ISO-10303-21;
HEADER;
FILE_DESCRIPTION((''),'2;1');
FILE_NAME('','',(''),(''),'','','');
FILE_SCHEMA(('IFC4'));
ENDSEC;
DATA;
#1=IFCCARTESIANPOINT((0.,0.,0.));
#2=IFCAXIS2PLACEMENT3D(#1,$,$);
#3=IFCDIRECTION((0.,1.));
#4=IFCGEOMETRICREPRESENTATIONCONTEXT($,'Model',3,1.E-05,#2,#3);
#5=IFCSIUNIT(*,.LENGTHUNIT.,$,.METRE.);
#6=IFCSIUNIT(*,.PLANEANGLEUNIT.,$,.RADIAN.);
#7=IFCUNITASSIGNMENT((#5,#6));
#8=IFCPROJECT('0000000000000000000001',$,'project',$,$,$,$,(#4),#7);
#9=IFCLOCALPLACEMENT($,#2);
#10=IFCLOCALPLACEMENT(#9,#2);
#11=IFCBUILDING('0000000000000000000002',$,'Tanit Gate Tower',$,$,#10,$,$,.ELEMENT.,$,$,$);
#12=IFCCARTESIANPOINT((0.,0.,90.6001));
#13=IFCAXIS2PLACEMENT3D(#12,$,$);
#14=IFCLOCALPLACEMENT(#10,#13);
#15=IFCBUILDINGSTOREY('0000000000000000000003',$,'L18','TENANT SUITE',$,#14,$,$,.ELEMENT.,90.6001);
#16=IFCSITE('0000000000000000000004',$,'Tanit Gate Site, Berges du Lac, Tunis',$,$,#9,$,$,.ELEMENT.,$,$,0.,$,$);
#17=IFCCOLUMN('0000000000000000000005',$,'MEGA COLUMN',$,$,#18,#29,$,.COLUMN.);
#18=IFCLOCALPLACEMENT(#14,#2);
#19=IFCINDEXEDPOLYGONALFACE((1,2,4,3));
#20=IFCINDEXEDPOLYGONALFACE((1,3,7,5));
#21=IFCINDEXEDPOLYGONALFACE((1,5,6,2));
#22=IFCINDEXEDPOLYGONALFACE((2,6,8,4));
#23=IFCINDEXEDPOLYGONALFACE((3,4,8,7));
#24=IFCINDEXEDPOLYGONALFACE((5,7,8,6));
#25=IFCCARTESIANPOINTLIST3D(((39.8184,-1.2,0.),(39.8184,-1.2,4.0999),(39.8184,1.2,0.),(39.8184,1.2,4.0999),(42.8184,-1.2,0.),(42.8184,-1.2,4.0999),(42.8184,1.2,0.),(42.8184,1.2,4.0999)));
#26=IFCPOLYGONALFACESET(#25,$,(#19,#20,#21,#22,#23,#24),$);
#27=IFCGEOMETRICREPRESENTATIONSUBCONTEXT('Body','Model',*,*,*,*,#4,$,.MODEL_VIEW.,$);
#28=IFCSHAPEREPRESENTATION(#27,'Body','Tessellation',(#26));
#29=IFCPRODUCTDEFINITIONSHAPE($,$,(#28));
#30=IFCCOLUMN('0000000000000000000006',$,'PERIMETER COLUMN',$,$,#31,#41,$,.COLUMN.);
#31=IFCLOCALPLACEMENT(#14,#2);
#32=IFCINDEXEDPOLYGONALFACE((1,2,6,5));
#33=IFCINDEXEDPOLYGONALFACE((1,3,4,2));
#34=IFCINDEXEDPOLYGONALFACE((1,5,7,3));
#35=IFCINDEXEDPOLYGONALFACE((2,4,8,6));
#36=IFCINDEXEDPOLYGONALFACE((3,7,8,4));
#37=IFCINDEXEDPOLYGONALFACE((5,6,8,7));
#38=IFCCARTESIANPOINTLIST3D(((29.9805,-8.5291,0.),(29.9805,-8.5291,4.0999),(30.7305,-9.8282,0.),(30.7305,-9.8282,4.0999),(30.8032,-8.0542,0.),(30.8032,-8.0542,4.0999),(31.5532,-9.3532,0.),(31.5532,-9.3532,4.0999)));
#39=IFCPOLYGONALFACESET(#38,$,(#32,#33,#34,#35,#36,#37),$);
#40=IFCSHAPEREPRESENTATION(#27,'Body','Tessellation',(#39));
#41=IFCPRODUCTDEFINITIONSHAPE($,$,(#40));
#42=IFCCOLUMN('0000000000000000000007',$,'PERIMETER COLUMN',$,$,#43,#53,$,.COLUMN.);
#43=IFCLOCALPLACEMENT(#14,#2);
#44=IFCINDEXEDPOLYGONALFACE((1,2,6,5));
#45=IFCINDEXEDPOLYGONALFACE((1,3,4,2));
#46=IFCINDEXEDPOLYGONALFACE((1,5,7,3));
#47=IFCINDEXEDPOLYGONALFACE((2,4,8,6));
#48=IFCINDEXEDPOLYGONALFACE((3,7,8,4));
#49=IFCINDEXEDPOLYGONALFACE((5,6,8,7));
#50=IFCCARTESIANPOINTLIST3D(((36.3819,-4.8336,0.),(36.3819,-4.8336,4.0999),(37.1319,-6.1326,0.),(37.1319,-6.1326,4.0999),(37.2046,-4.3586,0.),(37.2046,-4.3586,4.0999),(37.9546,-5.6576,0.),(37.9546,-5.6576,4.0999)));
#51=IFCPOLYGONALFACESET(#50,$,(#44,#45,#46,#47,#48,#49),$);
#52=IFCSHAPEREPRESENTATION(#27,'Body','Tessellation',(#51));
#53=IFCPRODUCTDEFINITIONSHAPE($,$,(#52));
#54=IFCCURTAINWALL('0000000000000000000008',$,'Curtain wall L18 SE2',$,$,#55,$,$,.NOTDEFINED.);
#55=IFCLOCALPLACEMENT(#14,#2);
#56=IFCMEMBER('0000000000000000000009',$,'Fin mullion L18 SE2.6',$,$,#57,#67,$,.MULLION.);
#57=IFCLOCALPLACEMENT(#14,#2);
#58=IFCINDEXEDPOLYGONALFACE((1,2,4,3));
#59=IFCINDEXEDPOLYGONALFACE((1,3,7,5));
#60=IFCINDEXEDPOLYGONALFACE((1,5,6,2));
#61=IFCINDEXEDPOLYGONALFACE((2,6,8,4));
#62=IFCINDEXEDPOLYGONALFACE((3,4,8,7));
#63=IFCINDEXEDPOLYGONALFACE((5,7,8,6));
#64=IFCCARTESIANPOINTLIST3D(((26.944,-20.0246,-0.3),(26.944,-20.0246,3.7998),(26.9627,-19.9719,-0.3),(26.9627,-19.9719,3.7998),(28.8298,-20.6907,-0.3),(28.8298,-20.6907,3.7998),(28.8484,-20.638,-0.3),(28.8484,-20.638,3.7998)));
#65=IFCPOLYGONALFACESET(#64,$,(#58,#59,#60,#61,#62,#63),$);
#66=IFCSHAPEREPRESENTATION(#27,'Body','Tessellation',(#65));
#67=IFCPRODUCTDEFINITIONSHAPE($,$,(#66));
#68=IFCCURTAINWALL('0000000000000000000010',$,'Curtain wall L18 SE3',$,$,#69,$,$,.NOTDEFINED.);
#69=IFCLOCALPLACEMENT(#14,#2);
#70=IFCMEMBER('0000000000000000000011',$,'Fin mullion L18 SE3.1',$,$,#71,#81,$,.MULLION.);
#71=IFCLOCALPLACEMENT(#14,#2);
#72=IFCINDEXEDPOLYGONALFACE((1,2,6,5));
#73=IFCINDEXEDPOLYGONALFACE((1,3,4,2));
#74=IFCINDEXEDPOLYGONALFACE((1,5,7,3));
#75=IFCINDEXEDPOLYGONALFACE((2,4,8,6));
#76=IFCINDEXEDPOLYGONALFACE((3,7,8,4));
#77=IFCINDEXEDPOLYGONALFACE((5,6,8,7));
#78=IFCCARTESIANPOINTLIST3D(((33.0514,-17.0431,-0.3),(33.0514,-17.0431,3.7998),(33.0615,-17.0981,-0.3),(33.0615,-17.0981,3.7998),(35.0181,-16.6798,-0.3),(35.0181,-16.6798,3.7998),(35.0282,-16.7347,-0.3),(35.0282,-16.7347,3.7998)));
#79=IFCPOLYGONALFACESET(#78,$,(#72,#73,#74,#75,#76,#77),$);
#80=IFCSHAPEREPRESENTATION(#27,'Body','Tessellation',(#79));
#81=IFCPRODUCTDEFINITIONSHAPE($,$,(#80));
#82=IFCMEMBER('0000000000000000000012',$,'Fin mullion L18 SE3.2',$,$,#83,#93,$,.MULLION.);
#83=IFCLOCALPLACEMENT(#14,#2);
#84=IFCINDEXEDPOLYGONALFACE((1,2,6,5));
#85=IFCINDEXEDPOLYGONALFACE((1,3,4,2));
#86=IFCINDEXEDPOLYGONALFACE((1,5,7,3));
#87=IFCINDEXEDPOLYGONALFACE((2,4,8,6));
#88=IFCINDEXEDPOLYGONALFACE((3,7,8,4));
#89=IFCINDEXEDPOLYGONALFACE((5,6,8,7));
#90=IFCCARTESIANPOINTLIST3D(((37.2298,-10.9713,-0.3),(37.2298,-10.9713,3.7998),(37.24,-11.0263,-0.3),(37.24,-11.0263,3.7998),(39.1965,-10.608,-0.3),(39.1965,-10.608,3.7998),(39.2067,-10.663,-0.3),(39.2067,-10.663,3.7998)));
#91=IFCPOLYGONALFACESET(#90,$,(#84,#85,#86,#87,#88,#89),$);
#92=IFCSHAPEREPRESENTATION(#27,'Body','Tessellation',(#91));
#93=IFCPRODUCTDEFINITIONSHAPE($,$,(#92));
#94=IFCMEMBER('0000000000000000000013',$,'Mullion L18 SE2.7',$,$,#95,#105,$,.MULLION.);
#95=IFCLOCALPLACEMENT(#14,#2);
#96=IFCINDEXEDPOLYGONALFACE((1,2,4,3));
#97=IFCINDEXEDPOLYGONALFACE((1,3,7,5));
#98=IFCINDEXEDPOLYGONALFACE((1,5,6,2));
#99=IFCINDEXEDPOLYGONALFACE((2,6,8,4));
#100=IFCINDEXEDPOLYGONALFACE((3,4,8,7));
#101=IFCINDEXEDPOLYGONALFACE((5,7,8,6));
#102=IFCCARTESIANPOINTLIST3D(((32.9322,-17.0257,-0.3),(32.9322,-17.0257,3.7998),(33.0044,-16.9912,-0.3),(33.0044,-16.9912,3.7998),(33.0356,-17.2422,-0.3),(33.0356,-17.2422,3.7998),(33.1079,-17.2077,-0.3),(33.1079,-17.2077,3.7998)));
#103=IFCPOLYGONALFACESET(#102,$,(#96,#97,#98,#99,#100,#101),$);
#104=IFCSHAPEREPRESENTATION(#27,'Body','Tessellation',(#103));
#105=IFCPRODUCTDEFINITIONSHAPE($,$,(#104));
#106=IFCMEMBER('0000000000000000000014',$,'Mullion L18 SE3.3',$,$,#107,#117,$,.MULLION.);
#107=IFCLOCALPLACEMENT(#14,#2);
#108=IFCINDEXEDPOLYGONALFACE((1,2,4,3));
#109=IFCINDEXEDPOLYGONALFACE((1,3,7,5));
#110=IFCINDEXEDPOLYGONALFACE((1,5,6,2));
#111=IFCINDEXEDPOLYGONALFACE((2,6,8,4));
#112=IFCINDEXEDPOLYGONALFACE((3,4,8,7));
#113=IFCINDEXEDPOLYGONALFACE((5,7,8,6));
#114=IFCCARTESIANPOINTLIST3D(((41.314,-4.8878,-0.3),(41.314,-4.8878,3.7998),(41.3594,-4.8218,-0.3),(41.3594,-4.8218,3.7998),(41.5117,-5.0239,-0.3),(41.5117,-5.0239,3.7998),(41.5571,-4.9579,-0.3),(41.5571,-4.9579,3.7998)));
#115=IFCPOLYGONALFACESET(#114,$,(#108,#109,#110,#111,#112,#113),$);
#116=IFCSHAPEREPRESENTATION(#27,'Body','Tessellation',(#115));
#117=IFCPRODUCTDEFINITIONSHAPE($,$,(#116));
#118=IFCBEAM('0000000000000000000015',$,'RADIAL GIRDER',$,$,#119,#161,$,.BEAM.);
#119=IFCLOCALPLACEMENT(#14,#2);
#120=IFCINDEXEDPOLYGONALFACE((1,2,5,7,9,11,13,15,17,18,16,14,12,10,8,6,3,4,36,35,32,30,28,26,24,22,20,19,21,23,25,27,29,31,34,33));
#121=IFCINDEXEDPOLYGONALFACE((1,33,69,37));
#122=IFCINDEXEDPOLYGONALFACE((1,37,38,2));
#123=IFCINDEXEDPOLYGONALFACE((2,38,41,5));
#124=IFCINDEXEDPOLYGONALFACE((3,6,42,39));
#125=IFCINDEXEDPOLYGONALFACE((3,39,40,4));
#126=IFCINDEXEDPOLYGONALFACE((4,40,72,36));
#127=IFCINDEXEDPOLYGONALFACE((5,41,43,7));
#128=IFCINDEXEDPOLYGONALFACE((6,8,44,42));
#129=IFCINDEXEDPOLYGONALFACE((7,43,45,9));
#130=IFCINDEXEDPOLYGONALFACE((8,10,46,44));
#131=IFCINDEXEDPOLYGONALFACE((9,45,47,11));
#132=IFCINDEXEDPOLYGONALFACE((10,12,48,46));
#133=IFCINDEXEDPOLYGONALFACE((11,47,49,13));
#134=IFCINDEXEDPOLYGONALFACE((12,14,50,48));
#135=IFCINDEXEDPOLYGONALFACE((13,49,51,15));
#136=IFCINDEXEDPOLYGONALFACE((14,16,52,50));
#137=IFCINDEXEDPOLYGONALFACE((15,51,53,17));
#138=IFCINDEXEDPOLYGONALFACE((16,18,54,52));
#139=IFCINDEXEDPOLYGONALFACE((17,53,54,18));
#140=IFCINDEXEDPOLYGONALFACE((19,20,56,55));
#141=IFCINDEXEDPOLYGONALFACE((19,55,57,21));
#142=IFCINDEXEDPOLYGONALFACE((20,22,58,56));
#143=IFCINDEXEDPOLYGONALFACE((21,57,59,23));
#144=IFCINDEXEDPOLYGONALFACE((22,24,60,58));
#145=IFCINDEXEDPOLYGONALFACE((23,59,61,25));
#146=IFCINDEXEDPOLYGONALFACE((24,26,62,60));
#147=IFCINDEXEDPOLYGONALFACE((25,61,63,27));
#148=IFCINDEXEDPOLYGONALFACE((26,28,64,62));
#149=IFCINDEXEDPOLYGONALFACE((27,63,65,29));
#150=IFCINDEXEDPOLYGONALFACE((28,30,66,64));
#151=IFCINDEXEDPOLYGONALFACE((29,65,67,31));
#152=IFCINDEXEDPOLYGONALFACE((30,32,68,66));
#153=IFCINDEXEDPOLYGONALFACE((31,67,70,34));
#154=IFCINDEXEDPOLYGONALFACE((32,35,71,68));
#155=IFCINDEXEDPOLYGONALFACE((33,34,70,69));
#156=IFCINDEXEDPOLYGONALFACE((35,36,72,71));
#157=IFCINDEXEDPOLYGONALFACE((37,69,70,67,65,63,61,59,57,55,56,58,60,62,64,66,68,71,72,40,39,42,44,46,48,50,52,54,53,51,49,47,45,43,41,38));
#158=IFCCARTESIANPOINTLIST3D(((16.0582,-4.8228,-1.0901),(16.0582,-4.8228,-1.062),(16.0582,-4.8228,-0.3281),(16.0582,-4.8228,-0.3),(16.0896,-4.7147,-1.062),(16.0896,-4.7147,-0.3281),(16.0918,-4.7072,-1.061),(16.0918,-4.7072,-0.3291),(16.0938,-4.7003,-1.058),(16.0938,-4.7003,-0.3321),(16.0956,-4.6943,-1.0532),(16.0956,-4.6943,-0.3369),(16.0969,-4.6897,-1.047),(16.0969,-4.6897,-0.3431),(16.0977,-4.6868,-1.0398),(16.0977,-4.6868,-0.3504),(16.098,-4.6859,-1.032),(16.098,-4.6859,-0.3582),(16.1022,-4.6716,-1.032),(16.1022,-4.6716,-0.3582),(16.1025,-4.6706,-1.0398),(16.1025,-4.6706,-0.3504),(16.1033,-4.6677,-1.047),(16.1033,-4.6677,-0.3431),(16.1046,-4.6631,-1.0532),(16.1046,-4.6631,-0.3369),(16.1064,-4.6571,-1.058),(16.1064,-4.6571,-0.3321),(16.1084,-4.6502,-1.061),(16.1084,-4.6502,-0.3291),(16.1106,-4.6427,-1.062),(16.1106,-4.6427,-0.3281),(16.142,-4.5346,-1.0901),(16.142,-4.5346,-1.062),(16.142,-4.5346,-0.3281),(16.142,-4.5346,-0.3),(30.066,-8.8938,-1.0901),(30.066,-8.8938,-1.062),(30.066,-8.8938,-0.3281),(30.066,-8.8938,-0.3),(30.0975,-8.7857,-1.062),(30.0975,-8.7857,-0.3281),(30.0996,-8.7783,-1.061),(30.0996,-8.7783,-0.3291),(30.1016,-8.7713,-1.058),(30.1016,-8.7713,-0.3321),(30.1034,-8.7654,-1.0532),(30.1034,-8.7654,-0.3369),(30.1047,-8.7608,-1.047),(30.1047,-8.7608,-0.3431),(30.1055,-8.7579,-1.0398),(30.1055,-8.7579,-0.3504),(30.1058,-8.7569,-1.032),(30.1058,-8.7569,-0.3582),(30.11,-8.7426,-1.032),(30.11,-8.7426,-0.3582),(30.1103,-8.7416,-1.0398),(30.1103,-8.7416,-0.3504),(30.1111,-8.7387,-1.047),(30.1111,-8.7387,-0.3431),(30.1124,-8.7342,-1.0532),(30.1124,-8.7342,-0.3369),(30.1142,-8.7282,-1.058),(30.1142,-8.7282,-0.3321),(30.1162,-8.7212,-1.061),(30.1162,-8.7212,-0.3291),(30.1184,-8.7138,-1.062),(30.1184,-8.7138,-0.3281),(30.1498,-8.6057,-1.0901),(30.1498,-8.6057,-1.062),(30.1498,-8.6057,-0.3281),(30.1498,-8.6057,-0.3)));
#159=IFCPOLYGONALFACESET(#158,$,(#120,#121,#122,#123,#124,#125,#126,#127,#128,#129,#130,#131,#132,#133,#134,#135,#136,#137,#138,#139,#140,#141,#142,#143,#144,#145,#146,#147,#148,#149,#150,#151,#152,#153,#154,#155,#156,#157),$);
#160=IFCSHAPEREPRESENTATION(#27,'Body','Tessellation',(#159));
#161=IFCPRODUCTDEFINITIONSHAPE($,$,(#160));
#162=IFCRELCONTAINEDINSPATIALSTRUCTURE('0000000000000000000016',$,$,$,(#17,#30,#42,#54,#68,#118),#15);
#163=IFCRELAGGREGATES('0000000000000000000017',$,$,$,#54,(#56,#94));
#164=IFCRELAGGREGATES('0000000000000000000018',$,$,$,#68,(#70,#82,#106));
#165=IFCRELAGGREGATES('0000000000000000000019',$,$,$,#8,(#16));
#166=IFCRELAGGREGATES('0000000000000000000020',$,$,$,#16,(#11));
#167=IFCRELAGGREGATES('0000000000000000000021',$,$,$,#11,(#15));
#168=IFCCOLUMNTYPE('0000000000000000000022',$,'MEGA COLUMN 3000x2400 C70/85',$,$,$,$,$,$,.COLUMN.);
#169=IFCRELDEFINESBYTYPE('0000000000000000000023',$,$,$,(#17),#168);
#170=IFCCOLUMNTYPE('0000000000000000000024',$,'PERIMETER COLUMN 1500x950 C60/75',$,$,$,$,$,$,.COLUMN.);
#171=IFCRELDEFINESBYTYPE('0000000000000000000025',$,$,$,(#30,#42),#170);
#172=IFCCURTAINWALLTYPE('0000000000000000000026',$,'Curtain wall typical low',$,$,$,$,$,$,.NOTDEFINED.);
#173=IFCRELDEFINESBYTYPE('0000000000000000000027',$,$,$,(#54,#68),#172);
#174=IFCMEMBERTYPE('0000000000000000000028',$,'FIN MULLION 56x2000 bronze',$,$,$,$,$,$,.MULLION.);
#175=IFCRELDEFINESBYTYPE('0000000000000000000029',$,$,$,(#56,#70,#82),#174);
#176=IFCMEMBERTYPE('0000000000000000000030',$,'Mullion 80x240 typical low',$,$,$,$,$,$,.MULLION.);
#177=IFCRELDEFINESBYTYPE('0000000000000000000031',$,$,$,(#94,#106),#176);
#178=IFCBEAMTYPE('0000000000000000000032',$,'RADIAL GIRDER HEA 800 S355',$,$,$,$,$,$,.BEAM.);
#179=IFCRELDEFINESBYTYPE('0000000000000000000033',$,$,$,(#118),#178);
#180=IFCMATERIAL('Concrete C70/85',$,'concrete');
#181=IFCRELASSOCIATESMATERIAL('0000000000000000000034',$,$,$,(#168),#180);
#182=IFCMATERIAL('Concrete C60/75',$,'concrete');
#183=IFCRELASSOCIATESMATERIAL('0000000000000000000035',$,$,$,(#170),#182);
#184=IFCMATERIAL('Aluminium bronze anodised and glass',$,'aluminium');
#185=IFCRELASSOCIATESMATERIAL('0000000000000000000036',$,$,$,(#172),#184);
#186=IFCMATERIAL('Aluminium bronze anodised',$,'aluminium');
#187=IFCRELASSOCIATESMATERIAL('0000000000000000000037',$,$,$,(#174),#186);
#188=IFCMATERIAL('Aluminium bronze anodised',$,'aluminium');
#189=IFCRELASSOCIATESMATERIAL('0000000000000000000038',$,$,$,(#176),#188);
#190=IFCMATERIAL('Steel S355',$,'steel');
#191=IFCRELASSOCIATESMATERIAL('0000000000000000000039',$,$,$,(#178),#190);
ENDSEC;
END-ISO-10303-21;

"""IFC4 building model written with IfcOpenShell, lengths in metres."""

from ifc_helpers import new_model, si_unit, direction, frame, origin, origin_2d, place, context, subcontext, project, spatial, rectangle, i_section, extrude, material, material_profile, profile_set, type_object, element, aggregate, save


model = new_model("IFC4")

# Units and contexts
model_context = context("Model", 3, precision=1e-05, world=origin(), true_north=direction((0.0, 1.0)))
body_context = subcontext(model_context, "Body", "Model", "MODEL_VIEW")
ifc_project = project(units=[si_unit("LENGTHUNIT", "METRE"), si_unit("PLANEANGLEUNIT", "RADIAN")], contexts=[model_context])

# Site, building, storey
site_placement = place(None, origin())
site = spatial("IfcSite", under=ifc_project, at=site_placement, Name="Tanit Gate Site, Berges du Lac, Tunis", CompositionType="ELEMENT", RefElevation=0.0)
building_placement = place(site_placement, origin())
building = spatial("IfcBuilding", under=site, at=building_placement, Name="Tanit Gate Tower", CompositionType="ELEMENT")
storey_placement = place(building_placement, frame((0.0, 0.0, 90.6001)))
storey = spatial("IfcBuildingStorey", under=building, at=storey_placement, Name="L18", Description="TENANT SUITE", CompositionType="ELEMENT", Elevation=90.6001)

# Columns
ifc_material_1 = material(Name="Concrete C70/85", Category="concrete")
ifc_material_profile_1 = material_profile(ifc_material_1, rectangle(XDim=3.0, YDim=2.3999, at=origin_2d()), Name="RC 3000x2400")
ifc_profile_set_1 = profile_set([ifc_material_profile_1], Name="Concrete C70/85")
column_type_1 = type_object("IfcColumnType", Name="MEGA COLUMN 3000x2400 C70/85", PredefinedType="COLUMN", material=ifc_profile_set_1)
column_placement = place(storey_placement, frame((41.3184, 0.0, 0.0), z_axis=(0.0, 0.0, 1.0), x_axis=(1.0, 0.0, 0.0)))
element("IfcColumn", 1, at=column_placement, inside=storey, type_object=column_type_1, Name="MEGA COLUMN", PredefinedType="COLUMN", context=body_context, shape_type="SweptSolid", body=[
    extrude(rectangle(XDim=3.0, YDim=2.3999, at=origin_2d()), origin(), (0.0, 0.0, 1.0), 4.0999),
])
ifc_material_2 = material(Name="Concrete C60/75", Category="concrete")
ifc_material_profile_2 = material_profile(ifc_material_2, rectangle(XDim=1.5, YDim=0.95, at=origin_2d()), Name="RC 1500x950")
ifc_profile_set_2 = profile_set([ifc_material_profile_2], Name="Concrete C60/75")
column_type_2 = type_object("IfcColumnType", Name="PERIMETER COLUMN 1500x950 C60/75", PredefinedType="COLUMN", material=ifc_profile_set_2)
for number, where, z_axis, x_axis, name in (
    (2, (30.7668, -8.9412, 0.0), (0.0, 0.0, 1.0), (0.5, -0.866025, 0.0), "PERIMETER COLUMN"),
    (3, (37.1682, -5.2456, 0.0), (0.0, 0.0, 1.0), (0.5, -0.866025, 0.0), "PERIMETER COLUMN"),
):
    element("IfcColumn", number, at=place(storey_placement, frame(where, z_axis=z_axis, x_axis=x_axis)), inside=storey, type_object=column_type_2, Name=name, PredefinedType="COLUMN", context=body_context, shape_type="SweptSolid", body=[
        extrude(rectangle(XDim=1.5, YDim=0.95, at=origin_2d()), origin(), (0.0, 0.0, 1.0), 4.0999),
    ])

# Curtain wall, member
ifc_material_3 = material(Name="Aluminium bronze anodised and glass", Category="aluminium")
curtain_wall_type = type_object("IfcCurtainWallType", Name="Curtain wall typical low", PredefinedType="NOTDEFINED", material=ifc_material_3)
curtain_wall_1_placement = place(storey_placement, origin())
curtain_wall_1 = element("IfcCurtainWall", 4, at=curtain_wall_1_placement, inside=storey, type_object=curtain_wall_type, Name="Curtain wall L18 SE2", PredefinedType="NOTDEFINED")
ifc_material_4 = material(Name="Aluminium bronze anodised", Category="aluminium")
ifc_material_profile_3 = material_profile(ifc_material_4, rectangle(XDim=2.0, YDim=0.0559, at=origin_2d()), Name="56x2000 bronze fin mullion")
ifc_profile_set_3 = profile_set([ifc_material_profile_3], Name="Aluminium bronze anodised")
member_type_1 = type_object("IfcMemberType", Name="FIN MULLION 56x2000 bronze", PredefinedType="MULLION", material=ifc_profile_set_3)
member_1_placement = place(storey_placement, frame((27.8962, -20.3313, -0.3), z_axis=(0.0, 0.0, 1.0), x_axis=(-0.942895, 0.33309, 0.0)))
member_1 = element("IfcMember", 5, at=member_1_placement, type_object=member_type_1, Name="Fin mullion L18 SE2.6", PredefinedType="MULLION", context=body_context, shape_type="SweptSolid", body=[
    extrude(rectangle(XDim=2.0, YDim=0.0559, at=origin_2d()), origin(), (0.0, 0.0, 1.0), 4.0999),
])

# Curtain wall, members
curtain_wall_2_placement = place(storey_placement, origin())
curtain_wall_2 = element("IfcCurtainWall", 6, at=curtain_wall_2_placement, inside=storey, type_object=curtain_wall_type, Name="Curtain wall L18 SE3", PredefinedType="NOTDEFINED")
member_2_placement = place(storey_placement, frame((34.0398, -16.8889, -0.3), z_axis=(0.0, 0.0, 1.0), x_axis=(-0.983362, -0.181658, 0.0)))
member_2 = element("IfcMember", 7, at=member_2_placement, type_object=member_type_1, Name="Fin mullion L18 SE3.1", PredefinedType="MULLION", context=body_context, shape_type="SweptSolid", body=[
    extrude(rectangle(XDim=2.0, YDim=0.0559, at=origin_2d()), origin(), (0.0, 0.0, 1.0), 4.0999),
])
member_3_placement = place(storey_placement, frame((38.2183, -10.8171, -0.3), z_axis=(0.0, 0.0, 1.0), x_axis=(-0.983362, -0.181658, 0.0)))
member_3 = element("IfcMember", 8, at=member_3_placement, type_object=member_type_1, Name="Fin mullion L18 SE3.2", PredefinedType="MULLION", context=body_context, shape_type="SweptSolid", body=[
    extrude(rectangle(XDim=2.0, YDim=0.0559, at=origin_2d()), origin(), (0.0, 0.0, 1.0), 4.0999),
])

# Members
ifc_material_5 = material(Name="Aluminium bronze anodised", Category="aluminium")
ifc_material_profile_4 = material_profile(ifc_material_5, rectangle(XDim=0.24, YDim=0.0801, at=origin_2d()), Name="80x240 bronze mullion")
ifc_profile_set_4 = profile_set([ifc_material_profile_4], Name="Aluminium bronze anodised")
member_type_2 = type_object("IfcMemberType", Name="Mullion 80x240 typical low", PredefinedType="MULLION", material=ifc_profile_set_4)
member_4_placement = place(storey_placement, frame((33.02, -17.1167, -0.3), z_axis=(0.0, 0.0, 1.0), x_axis=(-0.431197, 0.902258, 0.0)))
member_4 = element("IfcMember", 9, at=member_4_placement, type_object=member_type_2, Name="Mullion L18 SE2.7", PredefinedType="MULLION", context=body_context, shape_type="SweptSolid", body=[
    extrude(rectangle(XDim=0.24, YDim=0.0801, at=origin_2d()), origin(), (0.0, 0.0, 1.0), 4.0999),
])
member_5_placement = place(storey_placement, frame((41.4355, -4.9229, -0.3), z_axis=(0.0, 0.0, 1.0), x_axis=(-0.823793, 0.56689, 0.0)))
member_5 = element("IfcMember", 10, at=member_5_placement, type_object=member_type_2, Name="Mullion L18 SE3.3", PredefinedType="MULLION", context=body_context, shape_type="SweptSolid", body=[
    extrude(rectangle(XDim=0.24, YDim=0.0801, at=origin_2d()), origin(), (0.0, 0.0, 1.0), 4.0999),
])

# Beam
ifc_material_6 = material(Name="Steel S355", Category="steel")
ifc_material_profile_5 = material_profile(ifc_material_6, i_section(OverallWidth=0.3, OverallDepth=0.79, WebThickness=0.0149, FlangeThickness=0.0281, FilletRadius=0.03, at=origin_2d()), Name="HEA 800")
ifc_profile_set_5 = profile_set([ifc_material_profile_5], Name="Steel S355")
beam_type_1 = type_object("IfcBeamType", Name="RADIAL GIRDER HEA 800 S355", PredefinedType="BEAM", material=ifc_profile_set_5)
beam_1_placement = place(storey_placement, frame((30.1079, -8.7498, -0.6951), z_axis=(-0.960268, 0.27908, 0.0), x_axis=(-0.27908, -0.960268, 0.0)))
element("IfcBeam", 11, at=beam_1_placement, inside=storey, type_object=beam_type_1, Name="RADIAL GIRDER", PredefinedType="BEAM", context=body_context, shape_type="SweptSolid", body=[
    extrude(i_section(OverallWidth=0.3, OverallDepth=0.79, WebThickness=0.0149, FlangeThickness=0.0281, FilletRadius=0.03, at=origin_2d()), origin(), (0.0, 0.0, 1.0), 14.5874),
])

aggregate(curtain_wall_1, [member_1, member_4])
aggregate(curtain_wall_2, [member_2, member_3, member_5])

save(model, "model.ifc")
